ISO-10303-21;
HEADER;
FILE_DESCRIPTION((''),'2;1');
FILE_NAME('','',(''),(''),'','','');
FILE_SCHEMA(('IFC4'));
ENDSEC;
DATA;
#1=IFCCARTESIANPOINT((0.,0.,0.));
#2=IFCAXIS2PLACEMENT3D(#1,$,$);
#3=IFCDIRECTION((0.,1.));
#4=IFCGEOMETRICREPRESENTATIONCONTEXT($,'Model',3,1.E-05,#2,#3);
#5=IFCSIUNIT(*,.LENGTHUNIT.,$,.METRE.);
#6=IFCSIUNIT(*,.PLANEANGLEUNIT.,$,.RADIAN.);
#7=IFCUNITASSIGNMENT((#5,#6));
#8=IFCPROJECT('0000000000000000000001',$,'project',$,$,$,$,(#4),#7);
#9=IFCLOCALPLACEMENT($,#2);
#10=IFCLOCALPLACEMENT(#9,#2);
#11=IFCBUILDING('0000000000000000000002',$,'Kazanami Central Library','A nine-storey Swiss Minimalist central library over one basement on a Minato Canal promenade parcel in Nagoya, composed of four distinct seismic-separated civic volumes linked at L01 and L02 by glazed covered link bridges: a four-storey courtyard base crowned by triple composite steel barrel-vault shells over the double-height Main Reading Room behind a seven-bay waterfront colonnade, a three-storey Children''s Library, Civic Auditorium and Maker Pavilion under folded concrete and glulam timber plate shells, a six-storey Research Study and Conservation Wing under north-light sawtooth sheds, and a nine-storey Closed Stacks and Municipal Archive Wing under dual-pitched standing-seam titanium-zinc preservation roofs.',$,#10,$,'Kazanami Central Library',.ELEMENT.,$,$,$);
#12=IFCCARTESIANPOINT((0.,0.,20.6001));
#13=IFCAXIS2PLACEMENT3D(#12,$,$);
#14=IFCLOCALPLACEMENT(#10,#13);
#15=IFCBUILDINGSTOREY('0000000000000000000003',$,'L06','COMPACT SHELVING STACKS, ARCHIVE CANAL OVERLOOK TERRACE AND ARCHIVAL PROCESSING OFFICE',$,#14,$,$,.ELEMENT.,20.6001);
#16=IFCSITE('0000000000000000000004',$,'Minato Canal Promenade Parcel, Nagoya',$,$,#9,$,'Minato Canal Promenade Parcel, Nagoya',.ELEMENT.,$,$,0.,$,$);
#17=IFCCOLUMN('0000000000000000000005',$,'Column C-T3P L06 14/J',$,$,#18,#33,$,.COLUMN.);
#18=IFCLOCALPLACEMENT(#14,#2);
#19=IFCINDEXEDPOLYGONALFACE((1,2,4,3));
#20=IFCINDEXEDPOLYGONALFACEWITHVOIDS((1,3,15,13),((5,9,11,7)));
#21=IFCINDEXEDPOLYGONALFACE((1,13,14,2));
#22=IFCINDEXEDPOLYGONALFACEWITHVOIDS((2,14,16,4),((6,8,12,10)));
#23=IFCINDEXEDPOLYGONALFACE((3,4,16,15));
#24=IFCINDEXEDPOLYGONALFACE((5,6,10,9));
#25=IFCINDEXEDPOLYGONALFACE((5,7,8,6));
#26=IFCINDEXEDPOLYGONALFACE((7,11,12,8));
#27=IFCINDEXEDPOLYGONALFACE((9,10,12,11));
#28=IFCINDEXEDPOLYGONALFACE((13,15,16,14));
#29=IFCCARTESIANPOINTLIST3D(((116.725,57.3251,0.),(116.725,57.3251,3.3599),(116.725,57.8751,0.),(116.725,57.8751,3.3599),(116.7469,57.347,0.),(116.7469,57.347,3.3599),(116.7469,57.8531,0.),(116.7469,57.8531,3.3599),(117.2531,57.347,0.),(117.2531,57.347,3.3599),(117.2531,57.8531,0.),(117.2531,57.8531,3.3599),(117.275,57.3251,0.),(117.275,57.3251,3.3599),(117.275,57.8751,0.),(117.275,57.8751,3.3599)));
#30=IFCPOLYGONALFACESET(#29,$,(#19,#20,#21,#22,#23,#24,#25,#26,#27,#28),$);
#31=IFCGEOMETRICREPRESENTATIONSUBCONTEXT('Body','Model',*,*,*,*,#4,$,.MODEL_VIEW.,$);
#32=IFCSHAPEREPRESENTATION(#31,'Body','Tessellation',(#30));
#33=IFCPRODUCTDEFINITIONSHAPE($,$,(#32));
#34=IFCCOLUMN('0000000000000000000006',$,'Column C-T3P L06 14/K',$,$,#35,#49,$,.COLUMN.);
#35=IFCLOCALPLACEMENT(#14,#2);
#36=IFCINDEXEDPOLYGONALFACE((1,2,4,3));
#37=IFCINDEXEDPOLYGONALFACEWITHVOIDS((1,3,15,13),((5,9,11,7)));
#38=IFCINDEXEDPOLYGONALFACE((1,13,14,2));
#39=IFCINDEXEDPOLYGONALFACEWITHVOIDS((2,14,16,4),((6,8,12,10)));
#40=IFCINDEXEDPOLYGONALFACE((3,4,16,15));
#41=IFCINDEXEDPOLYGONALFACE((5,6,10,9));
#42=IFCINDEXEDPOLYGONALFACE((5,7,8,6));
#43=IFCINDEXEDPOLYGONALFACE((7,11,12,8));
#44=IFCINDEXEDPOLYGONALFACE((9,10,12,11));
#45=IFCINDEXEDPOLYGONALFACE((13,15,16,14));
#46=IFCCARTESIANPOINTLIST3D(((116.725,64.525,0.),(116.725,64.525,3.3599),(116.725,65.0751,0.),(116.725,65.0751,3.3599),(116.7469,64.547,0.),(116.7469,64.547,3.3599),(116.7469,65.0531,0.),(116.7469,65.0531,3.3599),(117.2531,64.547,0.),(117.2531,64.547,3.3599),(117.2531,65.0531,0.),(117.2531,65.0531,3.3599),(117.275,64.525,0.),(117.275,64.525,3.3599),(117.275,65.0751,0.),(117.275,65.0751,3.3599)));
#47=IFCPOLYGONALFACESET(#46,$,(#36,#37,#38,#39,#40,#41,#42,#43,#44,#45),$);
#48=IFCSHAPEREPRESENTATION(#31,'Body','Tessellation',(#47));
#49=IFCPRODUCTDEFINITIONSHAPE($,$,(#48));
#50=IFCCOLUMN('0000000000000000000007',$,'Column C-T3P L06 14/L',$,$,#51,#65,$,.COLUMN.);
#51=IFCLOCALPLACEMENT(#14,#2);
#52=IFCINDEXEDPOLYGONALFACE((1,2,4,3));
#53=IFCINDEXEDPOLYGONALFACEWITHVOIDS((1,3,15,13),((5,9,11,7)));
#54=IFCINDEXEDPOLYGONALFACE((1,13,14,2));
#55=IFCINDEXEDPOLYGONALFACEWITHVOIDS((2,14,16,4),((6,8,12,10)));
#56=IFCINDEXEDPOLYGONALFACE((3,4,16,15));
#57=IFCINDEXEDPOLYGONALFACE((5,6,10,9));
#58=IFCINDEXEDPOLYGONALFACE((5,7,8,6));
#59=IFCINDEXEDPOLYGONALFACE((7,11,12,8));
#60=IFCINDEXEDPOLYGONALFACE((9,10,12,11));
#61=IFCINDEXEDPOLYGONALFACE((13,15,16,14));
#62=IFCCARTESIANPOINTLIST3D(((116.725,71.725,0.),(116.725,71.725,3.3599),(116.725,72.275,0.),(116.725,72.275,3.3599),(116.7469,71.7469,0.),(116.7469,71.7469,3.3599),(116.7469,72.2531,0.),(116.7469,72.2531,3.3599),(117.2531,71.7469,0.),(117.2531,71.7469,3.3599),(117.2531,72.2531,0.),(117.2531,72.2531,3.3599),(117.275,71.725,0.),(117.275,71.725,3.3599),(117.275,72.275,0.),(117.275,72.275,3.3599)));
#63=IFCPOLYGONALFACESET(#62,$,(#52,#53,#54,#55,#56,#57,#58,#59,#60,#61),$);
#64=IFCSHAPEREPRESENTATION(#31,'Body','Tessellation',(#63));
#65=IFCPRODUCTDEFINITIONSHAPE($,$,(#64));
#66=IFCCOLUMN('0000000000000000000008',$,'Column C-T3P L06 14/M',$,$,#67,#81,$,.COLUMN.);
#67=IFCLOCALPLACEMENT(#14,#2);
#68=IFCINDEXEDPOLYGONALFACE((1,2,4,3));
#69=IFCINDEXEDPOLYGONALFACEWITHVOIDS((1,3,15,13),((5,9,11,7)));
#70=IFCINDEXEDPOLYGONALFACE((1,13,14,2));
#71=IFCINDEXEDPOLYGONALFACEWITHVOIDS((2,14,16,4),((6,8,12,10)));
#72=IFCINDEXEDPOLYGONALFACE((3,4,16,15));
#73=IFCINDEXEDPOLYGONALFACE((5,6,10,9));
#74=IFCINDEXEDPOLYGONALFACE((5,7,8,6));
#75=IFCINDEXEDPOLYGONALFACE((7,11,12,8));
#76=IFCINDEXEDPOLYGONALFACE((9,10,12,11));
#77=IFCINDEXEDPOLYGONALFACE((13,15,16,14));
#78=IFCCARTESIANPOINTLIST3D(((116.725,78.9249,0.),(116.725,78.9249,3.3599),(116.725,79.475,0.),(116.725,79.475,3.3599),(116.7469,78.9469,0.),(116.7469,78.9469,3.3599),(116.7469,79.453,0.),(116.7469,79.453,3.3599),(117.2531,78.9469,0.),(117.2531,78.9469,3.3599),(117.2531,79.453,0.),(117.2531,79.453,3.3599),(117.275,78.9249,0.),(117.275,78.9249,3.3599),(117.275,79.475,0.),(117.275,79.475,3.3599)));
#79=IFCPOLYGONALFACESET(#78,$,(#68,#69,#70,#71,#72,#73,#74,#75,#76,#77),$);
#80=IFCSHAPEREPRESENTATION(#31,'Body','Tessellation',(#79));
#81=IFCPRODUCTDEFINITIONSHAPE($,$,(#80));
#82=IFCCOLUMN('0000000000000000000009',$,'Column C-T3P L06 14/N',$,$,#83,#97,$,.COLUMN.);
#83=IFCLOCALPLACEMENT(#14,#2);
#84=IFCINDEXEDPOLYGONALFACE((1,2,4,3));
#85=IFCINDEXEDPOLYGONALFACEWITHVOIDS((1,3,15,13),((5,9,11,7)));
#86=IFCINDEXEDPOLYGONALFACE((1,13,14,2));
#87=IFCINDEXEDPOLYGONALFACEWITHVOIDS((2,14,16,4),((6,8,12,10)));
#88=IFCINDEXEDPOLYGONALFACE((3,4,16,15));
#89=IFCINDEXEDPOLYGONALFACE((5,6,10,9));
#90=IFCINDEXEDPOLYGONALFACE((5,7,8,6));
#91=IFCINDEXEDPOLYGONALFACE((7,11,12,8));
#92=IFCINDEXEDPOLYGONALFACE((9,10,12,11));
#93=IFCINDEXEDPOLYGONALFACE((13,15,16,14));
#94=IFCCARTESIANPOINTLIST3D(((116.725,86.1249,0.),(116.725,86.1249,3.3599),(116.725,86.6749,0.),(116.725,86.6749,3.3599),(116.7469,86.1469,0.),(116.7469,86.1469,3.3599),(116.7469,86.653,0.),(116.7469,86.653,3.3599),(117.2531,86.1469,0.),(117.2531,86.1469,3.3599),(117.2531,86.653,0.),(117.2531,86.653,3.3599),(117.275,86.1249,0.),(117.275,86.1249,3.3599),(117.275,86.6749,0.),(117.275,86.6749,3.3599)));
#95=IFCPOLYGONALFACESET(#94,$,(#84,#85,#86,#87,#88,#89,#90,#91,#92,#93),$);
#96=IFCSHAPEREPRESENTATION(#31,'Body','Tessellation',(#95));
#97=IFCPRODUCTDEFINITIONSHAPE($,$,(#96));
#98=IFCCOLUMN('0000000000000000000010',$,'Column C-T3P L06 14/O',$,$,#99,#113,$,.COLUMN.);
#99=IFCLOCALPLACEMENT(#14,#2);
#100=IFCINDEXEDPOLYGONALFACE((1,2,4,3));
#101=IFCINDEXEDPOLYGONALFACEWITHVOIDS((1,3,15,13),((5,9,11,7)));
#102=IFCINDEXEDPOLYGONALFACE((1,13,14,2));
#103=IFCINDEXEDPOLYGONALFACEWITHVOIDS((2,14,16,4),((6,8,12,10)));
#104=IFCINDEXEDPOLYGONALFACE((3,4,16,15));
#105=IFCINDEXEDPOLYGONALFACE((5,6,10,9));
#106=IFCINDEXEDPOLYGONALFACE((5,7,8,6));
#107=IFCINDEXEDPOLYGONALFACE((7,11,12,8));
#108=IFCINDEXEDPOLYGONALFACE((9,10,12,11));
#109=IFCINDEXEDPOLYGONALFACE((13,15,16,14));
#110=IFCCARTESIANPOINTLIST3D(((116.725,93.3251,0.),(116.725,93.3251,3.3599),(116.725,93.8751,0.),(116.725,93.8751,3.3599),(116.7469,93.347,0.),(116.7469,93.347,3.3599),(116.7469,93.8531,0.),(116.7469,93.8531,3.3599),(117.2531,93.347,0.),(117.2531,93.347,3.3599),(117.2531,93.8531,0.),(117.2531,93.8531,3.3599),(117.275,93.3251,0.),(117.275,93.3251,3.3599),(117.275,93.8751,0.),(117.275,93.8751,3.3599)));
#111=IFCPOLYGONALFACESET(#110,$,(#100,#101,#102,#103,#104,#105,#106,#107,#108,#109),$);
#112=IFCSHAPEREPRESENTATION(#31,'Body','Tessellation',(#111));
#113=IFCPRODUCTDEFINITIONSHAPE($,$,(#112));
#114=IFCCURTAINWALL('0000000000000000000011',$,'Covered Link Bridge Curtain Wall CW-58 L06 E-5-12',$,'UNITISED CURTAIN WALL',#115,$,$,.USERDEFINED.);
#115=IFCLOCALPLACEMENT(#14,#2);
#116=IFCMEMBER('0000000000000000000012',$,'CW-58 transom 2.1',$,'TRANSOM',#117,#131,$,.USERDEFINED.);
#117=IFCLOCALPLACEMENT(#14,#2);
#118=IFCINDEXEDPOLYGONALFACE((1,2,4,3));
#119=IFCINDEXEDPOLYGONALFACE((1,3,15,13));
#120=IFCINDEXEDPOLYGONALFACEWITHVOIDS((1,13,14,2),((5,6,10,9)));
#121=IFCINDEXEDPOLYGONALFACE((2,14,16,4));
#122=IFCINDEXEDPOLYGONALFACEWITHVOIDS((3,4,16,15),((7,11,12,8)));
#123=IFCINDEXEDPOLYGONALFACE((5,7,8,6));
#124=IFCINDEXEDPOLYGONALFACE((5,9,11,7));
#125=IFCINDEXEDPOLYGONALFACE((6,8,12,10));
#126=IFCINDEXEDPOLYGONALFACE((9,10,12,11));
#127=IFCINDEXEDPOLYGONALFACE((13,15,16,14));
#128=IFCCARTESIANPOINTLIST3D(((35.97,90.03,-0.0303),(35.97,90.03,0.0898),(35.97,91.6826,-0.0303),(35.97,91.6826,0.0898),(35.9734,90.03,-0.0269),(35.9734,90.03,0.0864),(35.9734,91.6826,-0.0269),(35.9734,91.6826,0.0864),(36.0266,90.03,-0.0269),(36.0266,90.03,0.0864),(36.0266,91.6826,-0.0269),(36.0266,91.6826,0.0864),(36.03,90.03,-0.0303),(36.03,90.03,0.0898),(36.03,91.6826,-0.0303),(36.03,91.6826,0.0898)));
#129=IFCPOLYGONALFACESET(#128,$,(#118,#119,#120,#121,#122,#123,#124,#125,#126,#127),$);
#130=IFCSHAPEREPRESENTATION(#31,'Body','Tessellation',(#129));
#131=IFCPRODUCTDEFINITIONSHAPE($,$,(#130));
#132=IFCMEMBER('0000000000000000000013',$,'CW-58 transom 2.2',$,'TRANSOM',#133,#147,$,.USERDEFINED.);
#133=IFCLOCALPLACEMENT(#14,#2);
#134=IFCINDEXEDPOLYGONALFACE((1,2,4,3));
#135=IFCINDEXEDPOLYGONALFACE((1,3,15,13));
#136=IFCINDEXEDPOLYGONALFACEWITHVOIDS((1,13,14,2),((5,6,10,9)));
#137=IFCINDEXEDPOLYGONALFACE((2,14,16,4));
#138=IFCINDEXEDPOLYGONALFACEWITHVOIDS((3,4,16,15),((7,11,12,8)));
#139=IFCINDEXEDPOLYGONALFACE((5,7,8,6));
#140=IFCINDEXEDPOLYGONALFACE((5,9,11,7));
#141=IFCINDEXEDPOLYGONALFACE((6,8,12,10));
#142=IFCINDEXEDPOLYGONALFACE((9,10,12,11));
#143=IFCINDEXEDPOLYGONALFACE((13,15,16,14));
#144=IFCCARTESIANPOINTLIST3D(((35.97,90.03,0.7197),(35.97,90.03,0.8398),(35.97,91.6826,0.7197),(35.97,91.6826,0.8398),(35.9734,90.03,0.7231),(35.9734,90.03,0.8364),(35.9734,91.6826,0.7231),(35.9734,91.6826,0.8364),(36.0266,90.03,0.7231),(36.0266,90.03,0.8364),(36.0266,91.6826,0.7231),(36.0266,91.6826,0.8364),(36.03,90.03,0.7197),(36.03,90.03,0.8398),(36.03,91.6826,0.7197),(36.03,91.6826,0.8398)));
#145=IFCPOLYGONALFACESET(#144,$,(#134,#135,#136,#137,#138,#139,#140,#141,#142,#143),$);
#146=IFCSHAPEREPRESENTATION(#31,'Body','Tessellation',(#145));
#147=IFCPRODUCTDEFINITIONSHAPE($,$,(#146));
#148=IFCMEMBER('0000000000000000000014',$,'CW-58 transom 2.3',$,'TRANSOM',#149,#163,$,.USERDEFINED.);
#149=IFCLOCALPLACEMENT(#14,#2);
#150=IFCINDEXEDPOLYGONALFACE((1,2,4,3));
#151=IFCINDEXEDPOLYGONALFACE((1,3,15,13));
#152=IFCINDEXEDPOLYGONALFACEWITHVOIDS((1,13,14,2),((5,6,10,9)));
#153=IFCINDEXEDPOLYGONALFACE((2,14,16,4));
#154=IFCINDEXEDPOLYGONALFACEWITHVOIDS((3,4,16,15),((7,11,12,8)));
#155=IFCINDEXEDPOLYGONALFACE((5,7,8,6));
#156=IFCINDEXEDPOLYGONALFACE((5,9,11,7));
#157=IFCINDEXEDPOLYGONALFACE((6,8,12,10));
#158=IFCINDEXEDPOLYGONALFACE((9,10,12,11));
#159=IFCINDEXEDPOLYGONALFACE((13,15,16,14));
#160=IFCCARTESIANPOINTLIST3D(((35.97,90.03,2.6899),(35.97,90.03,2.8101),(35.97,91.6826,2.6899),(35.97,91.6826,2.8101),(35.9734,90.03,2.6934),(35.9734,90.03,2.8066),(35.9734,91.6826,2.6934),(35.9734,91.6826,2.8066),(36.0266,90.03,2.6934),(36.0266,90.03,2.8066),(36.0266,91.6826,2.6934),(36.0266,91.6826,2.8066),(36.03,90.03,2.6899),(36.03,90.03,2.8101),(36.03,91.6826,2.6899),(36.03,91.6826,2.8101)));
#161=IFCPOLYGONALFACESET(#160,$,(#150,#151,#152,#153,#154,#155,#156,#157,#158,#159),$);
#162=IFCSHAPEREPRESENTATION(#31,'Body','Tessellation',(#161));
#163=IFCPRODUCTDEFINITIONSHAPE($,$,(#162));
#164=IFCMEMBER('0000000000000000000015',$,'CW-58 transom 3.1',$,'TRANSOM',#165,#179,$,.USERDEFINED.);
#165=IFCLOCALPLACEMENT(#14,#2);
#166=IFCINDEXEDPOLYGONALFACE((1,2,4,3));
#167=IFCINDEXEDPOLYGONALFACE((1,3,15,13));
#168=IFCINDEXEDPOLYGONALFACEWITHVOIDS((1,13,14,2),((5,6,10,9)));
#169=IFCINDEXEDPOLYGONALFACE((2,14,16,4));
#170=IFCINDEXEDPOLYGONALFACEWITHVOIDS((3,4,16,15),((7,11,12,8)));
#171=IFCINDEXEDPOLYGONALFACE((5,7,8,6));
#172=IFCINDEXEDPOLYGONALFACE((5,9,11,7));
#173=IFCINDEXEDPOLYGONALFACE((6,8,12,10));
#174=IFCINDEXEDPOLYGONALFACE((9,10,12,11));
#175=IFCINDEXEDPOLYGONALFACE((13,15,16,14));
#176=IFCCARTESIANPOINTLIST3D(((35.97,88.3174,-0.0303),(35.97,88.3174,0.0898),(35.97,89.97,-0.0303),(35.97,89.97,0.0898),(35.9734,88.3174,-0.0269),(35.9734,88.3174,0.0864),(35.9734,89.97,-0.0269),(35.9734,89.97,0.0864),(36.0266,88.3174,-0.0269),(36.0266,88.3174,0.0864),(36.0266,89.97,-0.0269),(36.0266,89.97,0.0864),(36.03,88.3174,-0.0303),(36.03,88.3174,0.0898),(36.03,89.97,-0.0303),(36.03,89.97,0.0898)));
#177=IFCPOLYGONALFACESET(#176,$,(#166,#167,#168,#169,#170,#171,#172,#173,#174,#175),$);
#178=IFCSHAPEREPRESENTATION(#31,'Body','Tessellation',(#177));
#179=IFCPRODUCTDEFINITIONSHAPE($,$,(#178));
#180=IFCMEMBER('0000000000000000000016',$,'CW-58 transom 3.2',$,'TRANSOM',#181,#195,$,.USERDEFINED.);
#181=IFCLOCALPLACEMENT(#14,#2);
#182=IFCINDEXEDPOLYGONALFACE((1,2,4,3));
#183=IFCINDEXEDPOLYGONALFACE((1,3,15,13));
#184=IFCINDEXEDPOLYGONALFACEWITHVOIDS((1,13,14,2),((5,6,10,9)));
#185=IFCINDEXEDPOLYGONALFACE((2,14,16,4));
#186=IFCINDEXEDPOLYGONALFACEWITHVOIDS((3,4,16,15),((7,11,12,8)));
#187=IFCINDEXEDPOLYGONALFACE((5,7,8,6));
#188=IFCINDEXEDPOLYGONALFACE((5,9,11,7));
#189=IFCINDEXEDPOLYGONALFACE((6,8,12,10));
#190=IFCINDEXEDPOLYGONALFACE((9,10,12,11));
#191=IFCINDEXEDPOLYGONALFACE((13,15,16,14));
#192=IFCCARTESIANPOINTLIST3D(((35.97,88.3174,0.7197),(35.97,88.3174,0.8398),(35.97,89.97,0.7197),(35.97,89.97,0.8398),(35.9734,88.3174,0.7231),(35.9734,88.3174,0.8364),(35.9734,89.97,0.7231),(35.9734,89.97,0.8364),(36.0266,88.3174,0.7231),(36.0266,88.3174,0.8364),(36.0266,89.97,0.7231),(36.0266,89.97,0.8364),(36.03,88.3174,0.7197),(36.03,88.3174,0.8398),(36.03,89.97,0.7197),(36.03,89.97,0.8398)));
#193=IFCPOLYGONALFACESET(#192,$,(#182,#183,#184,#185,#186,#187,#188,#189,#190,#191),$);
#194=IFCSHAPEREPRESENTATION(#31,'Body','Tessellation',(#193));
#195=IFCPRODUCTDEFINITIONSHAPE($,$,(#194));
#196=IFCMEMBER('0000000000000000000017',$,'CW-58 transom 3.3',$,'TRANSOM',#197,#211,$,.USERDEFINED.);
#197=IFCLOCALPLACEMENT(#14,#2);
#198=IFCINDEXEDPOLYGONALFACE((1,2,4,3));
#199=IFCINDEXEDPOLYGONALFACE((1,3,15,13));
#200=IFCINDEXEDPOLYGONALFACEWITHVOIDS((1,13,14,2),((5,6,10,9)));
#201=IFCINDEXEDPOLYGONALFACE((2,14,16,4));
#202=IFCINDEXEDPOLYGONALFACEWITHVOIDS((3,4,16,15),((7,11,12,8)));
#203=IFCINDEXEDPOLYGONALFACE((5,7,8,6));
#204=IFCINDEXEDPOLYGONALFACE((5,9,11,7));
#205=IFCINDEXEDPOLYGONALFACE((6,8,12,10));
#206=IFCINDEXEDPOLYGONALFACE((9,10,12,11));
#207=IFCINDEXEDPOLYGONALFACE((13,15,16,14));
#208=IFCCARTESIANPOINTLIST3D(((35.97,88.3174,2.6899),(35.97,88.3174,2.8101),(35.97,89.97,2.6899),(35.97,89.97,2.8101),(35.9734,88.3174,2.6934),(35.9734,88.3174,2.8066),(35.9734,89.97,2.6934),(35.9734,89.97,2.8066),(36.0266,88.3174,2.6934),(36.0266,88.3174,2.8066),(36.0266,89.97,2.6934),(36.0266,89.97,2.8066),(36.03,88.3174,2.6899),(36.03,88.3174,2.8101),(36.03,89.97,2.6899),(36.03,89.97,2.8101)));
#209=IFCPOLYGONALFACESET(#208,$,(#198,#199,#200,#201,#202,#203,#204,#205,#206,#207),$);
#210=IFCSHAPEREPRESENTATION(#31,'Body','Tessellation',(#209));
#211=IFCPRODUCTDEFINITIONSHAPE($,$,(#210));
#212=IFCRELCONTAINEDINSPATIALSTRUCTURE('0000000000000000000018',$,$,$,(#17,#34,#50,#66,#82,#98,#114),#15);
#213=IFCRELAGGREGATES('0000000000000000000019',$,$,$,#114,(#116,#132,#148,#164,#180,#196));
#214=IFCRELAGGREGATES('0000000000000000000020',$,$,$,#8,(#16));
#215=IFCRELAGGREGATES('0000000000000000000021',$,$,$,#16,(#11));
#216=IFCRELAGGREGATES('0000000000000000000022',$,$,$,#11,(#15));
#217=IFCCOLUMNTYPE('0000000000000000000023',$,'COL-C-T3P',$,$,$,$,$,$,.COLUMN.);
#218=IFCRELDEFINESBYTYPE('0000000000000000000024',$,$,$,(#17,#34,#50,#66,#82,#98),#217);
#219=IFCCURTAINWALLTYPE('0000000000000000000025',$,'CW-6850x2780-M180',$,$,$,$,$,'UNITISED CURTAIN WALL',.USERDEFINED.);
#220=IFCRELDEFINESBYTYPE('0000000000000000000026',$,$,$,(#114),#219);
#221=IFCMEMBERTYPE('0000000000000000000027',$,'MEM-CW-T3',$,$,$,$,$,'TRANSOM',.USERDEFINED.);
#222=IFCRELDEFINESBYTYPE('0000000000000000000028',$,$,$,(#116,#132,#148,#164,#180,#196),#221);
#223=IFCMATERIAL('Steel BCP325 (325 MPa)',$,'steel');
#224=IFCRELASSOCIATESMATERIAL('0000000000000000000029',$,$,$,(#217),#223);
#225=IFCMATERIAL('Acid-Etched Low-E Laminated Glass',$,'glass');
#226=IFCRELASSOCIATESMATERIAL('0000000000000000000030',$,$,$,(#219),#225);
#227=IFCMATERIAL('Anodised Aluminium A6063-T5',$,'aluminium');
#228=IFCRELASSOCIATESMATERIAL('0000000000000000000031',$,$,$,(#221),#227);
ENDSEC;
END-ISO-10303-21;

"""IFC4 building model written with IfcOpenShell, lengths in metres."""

from ifc_helpers import new_model, si_unit, direction, frame, origin, origin_2d, place, context, subcontext, project, spatial, hollow_rectangle, extrude, material, material_profile, profile_set, type_object, element, aggregate, save


model = new_model("IFC4")

# Units and contexts
model_context = context("Model", 3, precision=1e-05, world=origin(), true_north=direction((0.0, 1.0)))
body_context = subcontext(model_context, "Body", "Model", "MODEL_VIEW")
ifc_project = project(units=[si_unit("LENGTHUNIT", "METRE"), si_unit("PLANEANGLEUNIT", "RADIAN")], contexts=[model_context])

# Site, building, storey
site_placement = place(None, origin())
site = spatial("IfcSite", under=ifc_project, at=site_placement, Name="Minato Canal Promenade Parcel, Nagoya", LongName="Minato Canal Promenade Parcel, Nagoya", CompositionType="ELEMENT", RefElevation=0.0)
building_placement = place(site_placement, origin())
building = spatial("IfcBuilding", under=site, at=building_placement, Name="Kazanami Central Library", Description="A nine-storey Swiss Minimalist central library over one basement on a Minato Canal promenade parcel in Nagoya, composed of four distinct seismic-separated civic volumes linked at L01 and L02 by glazed covered link bridges: a four-storey courtyard base crowned by triple composite steel barrel-vault shells over the double-height Main Reading Room behind a seven-bay waterfront colonnade, a three-storey Children's Library, Civic Auditorium and Maker Pavilion under folded concrete and glulam timber plate shells, a six-storey Research Study and Conservation Wing under north-light sawtooth sheds, and a nine-storey Closed Stacks and Municipal Archive Wing under dual-pitched standing-seam titanium-zinc preservation roofs.", LongName="Kazanami Central Library", CompositionType="ELEMENT")
storey_placement = place(building_placement, frame((0.0, 0.0, 20.6001)))
storey = spatial("IfcBuildingStorey", under=building, at=storey_placement, Name="L06", Description="COMPACT SHELVING STACKS, ARCHIVE CANAL OVERLOOK TERRACE AND ARCHIVAL PROCESSING OFFICE", CompositionType="ELEMENT", Elevation=20.6001)

# Columns
ifc_material_1 = material(Name="Steel BCP325 (325 MPa)", Category="steel")
ifc_material_profile_1 = material_profile(ifc_material_1, hollow_rectangle(XDim=0.55, YDim=0.55, WallThickness=0.022, at=origin_2d()), Name="BCP-550x550x22")
ifc_profile_set_1 = profile_set([ifc_material_profile_1], Name="Steel BCP325 (325 MPa)")
column_type = type_object("IfcColumnType", Name="COL-C-T3P", PredefinedType="COLUMN", material=ifc_profile_set_1)
for number, where, z_axis, x_axis, name in (
    (1, (117.0, 57.6001, 0.0), (0.0, 0.0, 1.0), (1.0, 0.0, 0.0), "Column C-T3P L06 14/J"),
    (2, (117.0, 64.8, 0.0), (0.0, 0.0, 1.0), (1.0, 0.0, 0.0), "Column C-T3P L06 14/K"),
    (3, (117.0, 72.0, 0.0), (0.0, 0.0, 1.0), (1.0, 0.0, 0.0), "Column C-T3P L06 14/L"),
    (4, (117.0, 79.2, 0.0), (0.0, 0.0, 1.0), (1.0, 0.0, 0.0), "Column C-T3P L06 14/M"),
    (5, (117.0, 86.3999, 0.0), (0.0, 0.0, 1.0), (1.0, 0.0, 0.0), "Column C-T3P L06 14/N"),
    (6, (117.0, 93.6001, 0.0), (0.0, 0.0, 1.0), (1.0, 0.0, 0.0), "Column C-T3P L06 14/O"),
):
    element("IfcColumn", number, at=place(storey_placement, frame(where, z_axis=z_axis, x_axis=x_axis)), inside=storey, type_object=column_type, Name=name, PredefinedType="COLUMN", context=body_context, shape_type="SweptSolid", body=[
        extrude(hollow_rectangle(XDim=0.55, YDim=0.55, WallThickness=0.022, at=origin_2d()), origin(), (0.0, 0.0, 1.0), 3.3599),
    ])

# Curtain wall, members
ifc_material_2 = material(Name="Acid-Etched Low-E Laminated Glass", Category="glass")
curtain_wall_type = type_object("IfcCurtainWallType", Name="CW-6850x2780-M180", ElementType="UNITISED CURTAIN WALL", PredefinedType="USERDEFINED", material=ifc_material_2)
curtain_wall_placement = place(storey_placement, origin())
curtain_wall = element("IfcCurtainWall", 7, at=curtain_wall_placement, inside=storey, type_object=curtain_wall_type, Name="Covered Link Bridge Curtain Wall CW-58 L06 E-5-12", ObjectType="UNITISED CURTAIN WALL", PredefinedType="USERDEFINED")
ifc_material_3 = material(Name="Anodised Aluminium A6063-T5", Category="aluminium")
ifc_material_profile_2 = material_profile(ifc_material_3, hollow_rectangle(XDim=0.0601, YDim=0.1201, WallThickness=0.0034, at=origin_2d()), Name="ALU-TRAN-60x120x3.5")
ifc_profile_set_2 = profile_set([ifc_material_profile_2], Name="Anodised Aluminium A6063-T5")
member_type = type_object("IfcMemberType", Name="MEM-CW-T3", ElementType="TRANSOM", PredefinedType="USERDEFINED", material=ifc_profile_set_2)
member_1_placement = place(storey_placement, frame((36.0, 91.6826, 0.0298), z_axis=(0.0, -1.0, 0.0), x_axis=(1.0, 0.0, 0.0)))
member_1 = element("IfcMember", 8, at=member_1_placement, type_object=member_type, Name="CW-58 transom 2.1", ObjectType="TRANSOM", PredefinedType="USERDEFINED", context=body_context, shape_type="SweptSolid", body=[
    extrude(hollow_rectangle(XDim=0.0601, YDim=0.1201, WallThickness=0.0034, at=origin_2d()), origin(), (0.0, 0.0, 1.0), 1.6526),
])
member_2_placement = place(storey_placement, frame((36.0, 91.6826, 0.7798), z_axis=(0.0, -1.0, 0.0), x_axis=(1.0, 0.0, 0.0)))
member_2 = element("IfcMember", 9, at=member_2_placement, type_object=member_type, Name="CW-58 transom 2.2", ObjectType="TRANSOM", PredefinedType="USERDEFINED", context=body_context, shape_type="SweptSolid", body=[
    extrude(hollow_rectangle(XDim=0.0601, YDim=0.1201, WallThickness=0.0034, at=origin_2d()), origin(), (0.0, 0.0, 1.0), 1.6526),
])
member_3_placement = place(storey_placement, frame((36.0, 91.6826, 2.75), z_axis=(0.0, -1.0, 0.0), x_axis=(1.0, 0.0, 0.0)))
member_3 = element("IfcMember", 10, at=member_3_placement, type_object=member_type, Name="CW-58 transom 2.3", ObjectType="TRANSOM", PredefinedType="USERDEFINED", context=body_context, shape_type="SweptSolid", body=[
    extrude(hollow_rectangle(XDim=0.0601, YDim=0.1201, WallThickness=0.0034, at=origin_2d()), origin(), (0.0, 0.0, 1.0), 1.6526),
])
member_4_placement = place(storey_placement, frame((36.0, 89.97, 0.0298), z_axis=(0.0, -1.0, 0.0), x_axis=(1.0, 0.0, 0.0)))
member_4 = element("IfcMember", 11, at=member_4_placement, type_object=member_type, Name="CW-58 transom 3.1", ObjectType="TRANSOM", PredefinedType="USERDEFINED", context=body_context, shape_type="SweptSolid", body=[
    extrude(hollow_rectangle(XDim=0.0601, YDim=0.1201, WallThickness=0.0034, at=origin_2d()), origin(), (0.0, 0.0, 1.0), 1.6526),
])
member_5_placement = place(storey_placement, frame((36.0, 89.97, 0.7798), z_axis=(0.0, -1.0, 0.0), x_axis=(1.0, 0.0, 0.0)))
member_5 = element("IfcMember", 12, at=member_5_placement, type_object=member_type, Name="CW-58 transom 3.2", ObjectType="TRANSOM", PredefinedType="USERDEFINED", context=body_context, shape_type="SweptSolid", body=[
    extrude(hollow_rectangle(XDim=0.0601, YDim=0.1201, WallThickness=0.0034, at=origin_2d()), origin(), (0.0, 0.0, 1.0), 1.6526),
])
member_6_placement = place(storey_placement, frame((36.0, 89.97, 2.75), z_axis=(0.0, -1.0, 0.0), x_axis=(1.0, 0.0, 0.0)))
member_6 = element("IfcMember", 13, at=member_6_placement, type_object=member_type, Name="CW-58 transom 3.3", ObjectType="TRANSOM", PredefinedType="USERDEFINED", context=body_context, shape_type="SweptSolid", body=[
    extrude(hollow_rectangle(XDim=0.0601, YDim=0.1201, WallThickness=0.0034, at=origin_2d()), origin(), (0.0, 0.0, 1.0), 1.6526),
])
aggregate(curtain_wall, [member_1, member_2, member_3, member_4, member_5, member_6])

save(model, "model.ifc")
